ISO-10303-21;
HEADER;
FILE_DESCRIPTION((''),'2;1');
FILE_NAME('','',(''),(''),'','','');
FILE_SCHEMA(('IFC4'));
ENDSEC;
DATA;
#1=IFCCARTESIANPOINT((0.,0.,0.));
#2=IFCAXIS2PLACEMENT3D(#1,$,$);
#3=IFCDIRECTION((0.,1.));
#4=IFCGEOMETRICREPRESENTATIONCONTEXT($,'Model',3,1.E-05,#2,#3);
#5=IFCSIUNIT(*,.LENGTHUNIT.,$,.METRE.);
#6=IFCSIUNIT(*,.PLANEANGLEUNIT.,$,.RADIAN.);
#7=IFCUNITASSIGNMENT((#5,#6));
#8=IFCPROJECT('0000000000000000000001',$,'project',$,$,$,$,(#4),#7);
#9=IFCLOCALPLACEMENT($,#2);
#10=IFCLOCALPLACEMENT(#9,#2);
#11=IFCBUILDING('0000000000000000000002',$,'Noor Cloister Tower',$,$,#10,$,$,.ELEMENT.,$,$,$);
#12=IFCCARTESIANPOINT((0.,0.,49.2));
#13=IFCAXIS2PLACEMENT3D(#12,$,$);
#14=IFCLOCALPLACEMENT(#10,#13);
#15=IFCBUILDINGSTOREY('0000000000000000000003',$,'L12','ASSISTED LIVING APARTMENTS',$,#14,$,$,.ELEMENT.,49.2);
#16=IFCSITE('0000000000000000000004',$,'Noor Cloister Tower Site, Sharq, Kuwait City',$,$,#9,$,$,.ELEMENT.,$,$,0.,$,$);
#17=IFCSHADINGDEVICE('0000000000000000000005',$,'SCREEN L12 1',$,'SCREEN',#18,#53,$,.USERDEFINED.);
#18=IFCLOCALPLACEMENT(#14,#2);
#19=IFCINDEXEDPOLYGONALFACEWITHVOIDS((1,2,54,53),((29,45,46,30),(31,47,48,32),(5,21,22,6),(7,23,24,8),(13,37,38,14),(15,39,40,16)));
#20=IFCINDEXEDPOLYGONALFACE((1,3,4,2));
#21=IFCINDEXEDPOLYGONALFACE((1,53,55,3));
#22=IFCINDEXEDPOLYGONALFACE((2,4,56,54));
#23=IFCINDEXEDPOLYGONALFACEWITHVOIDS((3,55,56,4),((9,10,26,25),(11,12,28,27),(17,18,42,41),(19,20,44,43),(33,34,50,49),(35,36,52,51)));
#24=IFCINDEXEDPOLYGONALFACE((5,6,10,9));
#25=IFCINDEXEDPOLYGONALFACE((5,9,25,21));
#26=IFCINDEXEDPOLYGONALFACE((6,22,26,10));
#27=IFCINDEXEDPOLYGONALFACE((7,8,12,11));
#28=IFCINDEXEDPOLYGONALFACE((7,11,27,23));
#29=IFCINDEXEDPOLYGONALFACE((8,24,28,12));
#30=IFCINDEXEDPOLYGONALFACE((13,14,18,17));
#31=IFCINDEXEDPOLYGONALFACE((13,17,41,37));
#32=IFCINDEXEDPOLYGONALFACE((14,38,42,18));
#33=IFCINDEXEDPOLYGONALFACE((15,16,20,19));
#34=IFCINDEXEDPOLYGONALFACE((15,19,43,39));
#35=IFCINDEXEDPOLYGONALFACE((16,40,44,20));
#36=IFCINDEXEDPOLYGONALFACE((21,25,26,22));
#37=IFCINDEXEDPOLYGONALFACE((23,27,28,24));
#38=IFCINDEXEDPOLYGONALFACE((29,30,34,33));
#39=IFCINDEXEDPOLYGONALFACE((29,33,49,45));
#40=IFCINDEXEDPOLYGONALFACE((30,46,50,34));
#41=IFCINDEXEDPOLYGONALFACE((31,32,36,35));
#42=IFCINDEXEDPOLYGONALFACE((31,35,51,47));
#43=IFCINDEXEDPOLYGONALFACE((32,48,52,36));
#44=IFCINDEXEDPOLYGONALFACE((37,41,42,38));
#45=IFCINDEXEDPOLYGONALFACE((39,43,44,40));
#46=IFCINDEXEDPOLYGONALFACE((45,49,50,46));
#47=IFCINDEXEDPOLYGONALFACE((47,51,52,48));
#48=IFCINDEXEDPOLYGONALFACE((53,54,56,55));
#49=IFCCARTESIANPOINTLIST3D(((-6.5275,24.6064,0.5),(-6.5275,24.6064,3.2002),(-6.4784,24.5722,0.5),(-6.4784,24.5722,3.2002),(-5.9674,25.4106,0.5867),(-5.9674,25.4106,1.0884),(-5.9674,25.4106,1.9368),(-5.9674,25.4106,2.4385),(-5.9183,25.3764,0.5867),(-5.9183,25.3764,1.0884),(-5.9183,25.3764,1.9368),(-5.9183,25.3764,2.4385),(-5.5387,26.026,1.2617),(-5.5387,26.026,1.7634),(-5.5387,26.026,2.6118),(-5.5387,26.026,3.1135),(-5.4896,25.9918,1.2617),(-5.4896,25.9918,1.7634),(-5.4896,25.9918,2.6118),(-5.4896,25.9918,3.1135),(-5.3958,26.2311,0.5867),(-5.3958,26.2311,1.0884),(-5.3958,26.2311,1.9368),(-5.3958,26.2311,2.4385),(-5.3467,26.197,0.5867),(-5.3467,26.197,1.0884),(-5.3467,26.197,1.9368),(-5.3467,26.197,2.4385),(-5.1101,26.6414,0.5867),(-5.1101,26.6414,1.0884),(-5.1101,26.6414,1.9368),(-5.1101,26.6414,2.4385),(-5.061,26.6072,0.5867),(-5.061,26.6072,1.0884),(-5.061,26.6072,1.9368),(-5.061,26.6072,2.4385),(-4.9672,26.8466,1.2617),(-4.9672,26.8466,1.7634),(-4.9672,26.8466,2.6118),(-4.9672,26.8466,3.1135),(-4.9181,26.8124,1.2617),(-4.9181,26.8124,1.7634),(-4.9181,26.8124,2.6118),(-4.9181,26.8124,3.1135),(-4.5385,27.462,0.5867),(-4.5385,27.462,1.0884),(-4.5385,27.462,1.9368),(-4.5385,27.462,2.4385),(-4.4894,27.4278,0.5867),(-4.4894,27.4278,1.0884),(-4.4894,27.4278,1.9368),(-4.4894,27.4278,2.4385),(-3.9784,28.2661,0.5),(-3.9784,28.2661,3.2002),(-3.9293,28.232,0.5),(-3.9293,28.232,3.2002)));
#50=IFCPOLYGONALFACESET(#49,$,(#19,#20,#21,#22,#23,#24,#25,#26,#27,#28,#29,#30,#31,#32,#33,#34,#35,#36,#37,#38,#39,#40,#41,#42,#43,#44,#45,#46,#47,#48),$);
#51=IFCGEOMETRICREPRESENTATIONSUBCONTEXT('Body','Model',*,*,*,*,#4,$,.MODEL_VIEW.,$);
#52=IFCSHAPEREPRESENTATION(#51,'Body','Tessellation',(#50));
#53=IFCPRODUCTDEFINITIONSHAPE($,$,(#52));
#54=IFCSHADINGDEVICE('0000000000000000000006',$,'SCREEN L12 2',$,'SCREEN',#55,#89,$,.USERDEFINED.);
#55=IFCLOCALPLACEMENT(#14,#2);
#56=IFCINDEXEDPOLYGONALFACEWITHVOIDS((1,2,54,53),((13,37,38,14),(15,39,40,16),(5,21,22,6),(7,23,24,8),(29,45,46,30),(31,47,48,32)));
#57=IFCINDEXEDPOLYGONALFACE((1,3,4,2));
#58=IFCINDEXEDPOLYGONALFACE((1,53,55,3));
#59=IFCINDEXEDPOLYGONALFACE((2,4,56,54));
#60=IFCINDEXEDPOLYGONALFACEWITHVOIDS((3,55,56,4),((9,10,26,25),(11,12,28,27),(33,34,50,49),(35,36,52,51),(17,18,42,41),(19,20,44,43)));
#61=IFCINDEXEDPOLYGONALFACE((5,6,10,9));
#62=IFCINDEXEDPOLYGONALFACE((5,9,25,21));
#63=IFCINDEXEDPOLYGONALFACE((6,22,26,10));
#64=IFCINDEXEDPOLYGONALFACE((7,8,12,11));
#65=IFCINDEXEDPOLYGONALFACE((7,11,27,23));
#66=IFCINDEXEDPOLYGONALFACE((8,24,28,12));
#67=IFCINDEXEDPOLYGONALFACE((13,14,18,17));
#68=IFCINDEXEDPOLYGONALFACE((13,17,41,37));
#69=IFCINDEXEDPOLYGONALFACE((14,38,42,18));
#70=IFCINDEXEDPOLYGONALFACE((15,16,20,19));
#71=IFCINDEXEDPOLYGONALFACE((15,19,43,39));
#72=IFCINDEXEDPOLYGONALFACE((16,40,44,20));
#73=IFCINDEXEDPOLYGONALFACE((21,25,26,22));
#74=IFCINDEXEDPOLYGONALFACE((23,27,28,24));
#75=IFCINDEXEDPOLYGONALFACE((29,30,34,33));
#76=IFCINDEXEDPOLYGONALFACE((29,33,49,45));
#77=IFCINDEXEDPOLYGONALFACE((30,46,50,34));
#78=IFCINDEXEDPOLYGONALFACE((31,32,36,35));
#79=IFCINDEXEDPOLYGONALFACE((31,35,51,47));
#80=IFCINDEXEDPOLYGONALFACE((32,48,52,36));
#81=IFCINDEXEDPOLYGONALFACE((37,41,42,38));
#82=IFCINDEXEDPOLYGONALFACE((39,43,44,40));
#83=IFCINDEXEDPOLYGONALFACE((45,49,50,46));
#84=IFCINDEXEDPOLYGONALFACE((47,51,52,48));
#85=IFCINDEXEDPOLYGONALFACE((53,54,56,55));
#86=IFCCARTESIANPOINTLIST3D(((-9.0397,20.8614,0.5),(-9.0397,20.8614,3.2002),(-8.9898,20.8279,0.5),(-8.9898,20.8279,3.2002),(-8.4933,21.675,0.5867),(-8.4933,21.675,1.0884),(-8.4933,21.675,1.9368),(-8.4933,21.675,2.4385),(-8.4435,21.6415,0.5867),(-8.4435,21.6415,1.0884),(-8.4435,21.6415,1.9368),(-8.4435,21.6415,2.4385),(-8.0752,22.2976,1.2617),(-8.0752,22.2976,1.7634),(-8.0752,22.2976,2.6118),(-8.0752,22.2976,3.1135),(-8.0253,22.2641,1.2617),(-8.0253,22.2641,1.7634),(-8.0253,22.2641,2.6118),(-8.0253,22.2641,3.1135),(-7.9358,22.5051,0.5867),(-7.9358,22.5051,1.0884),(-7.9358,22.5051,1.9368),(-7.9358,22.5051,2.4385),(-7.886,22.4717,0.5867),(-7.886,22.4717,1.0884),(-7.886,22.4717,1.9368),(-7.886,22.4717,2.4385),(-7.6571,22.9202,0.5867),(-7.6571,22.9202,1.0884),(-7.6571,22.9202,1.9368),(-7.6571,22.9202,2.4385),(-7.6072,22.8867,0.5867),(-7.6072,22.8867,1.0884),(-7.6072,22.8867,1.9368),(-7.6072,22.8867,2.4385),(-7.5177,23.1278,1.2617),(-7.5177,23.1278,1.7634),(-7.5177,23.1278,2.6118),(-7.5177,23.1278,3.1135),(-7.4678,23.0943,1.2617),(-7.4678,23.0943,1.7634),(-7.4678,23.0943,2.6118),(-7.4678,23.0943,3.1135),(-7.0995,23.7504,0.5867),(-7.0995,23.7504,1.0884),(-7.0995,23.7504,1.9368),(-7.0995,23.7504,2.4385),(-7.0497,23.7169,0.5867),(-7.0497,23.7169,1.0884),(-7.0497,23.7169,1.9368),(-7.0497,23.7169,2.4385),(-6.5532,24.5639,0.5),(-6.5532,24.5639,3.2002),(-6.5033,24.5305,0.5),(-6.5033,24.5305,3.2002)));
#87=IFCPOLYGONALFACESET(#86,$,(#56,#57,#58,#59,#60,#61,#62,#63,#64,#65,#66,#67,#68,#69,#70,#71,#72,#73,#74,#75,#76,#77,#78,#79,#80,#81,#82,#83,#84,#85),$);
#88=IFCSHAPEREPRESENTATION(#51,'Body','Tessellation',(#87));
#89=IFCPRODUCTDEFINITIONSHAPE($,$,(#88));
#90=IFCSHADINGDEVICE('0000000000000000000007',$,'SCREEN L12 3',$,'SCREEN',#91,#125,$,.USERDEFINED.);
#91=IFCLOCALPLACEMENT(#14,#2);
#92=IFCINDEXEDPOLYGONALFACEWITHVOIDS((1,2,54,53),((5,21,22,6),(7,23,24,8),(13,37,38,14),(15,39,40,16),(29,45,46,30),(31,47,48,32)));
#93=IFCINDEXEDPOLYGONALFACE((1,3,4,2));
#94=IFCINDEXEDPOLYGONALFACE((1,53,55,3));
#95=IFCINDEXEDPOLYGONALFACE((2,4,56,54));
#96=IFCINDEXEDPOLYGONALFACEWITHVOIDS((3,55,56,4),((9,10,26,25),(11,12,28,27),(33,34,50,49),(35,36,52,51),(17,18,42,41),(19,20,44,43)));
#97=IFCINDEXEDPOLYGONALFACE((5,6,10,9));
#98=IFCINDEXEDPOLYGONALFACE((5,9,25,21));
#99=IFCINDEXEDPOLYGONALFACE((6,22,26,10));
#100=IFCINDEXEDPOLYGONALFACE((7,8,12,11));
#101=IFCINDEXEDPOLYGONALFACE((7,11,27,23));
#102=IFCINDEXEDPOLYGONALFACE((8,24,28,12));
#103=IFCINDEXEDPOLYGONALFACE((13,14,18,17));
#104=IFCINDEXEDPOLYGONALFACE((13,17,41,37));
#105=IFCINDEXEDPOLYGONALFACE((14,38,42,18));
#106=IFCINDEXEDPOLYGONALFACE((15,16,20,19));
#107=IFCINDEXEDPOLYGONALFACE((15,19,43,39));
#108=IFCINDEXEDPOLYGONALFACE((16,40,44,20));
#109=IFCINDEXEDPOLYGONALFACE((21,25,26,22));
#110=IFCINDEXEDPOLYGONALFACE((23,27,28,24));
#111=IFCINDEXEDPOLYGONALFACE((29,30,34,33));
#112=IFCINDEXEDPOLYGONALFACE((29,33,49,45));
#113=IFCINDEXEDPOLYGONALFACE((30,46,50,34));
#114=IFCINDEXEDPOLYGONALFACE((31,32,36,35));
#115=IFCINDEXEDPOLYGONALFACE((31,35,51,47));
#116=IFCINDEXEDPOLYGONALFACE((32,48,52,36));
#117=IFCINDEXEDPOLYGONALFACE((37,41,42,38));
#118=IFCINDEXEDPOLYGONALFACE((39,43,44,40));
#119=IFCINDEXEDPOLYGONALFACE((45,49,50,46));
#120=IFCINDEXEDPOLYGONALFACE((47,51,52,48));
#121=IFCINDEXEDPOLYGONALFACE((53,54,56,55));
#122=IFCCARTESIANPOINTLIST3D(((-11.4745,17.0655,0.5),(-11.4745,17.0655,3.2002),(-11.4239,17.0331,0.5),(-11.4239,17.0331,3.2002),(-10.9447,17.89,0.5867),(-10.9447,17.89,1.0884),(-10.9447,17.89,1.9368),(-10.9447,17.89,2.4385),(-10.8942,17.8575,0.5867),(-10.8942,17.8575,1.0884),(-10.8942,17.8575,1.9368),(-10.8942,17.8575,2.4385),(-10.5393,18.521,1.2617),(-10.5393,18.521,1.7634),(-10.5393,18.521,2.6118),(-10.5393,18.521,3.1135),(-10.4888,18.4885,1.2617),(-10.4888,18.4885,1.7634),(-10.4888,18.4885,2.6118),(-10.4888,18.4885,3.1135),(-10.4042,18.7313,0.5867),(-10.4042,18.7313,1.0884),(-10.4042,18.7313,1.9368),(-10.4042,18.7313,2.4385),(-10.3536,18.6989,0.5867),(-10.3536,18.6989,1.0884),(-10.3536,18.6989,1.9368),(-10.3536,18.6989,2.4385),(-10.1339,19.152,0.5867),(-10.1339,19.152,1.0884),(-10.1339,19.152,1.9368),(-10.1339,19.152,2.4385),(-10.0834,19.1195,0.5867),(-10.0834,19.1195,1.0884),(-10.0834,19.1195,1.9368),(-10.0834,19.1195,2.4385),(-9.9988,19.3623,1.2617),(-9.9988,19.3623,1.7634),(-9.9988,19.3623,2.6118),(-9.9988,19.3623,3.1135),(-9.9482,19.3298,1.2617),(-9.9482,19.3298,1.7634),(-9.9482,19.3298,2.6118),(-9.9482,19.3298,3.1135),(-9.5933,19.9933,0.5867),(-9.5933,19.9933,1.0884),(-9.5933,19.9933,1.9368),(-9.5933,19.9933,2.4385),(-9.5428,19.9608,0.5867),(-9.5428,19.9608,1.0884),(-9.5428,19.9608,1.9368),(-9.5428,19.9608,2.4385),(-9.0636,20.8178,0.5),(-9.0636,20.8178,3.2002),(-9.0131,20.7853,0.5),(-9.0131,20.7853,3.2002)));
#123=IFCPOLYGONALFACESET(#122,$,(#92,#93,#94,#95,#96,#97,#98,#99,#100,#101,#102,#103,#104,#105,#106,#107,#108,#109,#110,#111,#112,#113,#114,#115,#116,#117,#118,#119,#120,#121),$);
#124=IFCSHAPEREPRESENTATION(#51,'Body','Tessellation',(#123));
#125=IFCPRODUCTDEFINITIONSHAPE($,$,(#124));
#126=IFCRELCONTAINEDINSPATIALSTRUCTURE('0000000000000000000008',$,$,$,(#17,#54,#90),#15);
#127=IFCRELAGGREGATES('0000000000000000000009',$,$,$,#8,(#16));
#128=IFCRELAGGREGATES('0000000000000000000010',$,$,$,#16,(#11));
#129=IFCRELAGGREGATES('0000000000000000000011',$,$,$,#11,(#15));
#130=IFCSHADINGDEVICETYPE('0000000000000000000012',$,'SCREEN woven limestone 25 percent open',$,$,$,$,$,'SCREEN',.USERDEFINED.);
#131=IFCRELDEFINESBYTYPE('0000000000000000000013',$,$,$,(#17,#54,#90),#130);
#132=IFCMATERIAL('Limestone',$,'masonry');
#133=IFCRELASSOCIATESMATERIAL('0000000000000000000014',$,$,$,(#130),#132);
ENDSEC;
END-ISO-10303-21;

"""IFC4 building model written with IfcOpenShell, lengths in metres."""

from ifc_helpers import new_model, si_unit, direction, frame, origin, place, context, subcontext, project, spatial, polyline, outline, extrude, material, material_profile, profile_set, type_object, element, save


model = new_model("IFC4")

# Units and contexts
model_context = context("Model", 3, precision=1e-05, world=origin(), true_north=direction((0.0, 1.0)))
body_context = subcontext(model_context, "Body", "Model", "MODEL_VIEW")
ifc_project = project(units=[si_unit("LENGTHUNIT", "METRE"), si_unit("PLANEANGLEUNIT", "RADIAN")], contexts=[model_context])

# Site, building, storey
site_placement = place(None, origin())
site = spatial("IfcSite", under=ifc_project, at=site_placement, Name="Noor Cloister Tower Site, Sharq, Kuwait City", CompositionType="ELEMENT", RefElevation=0.0)
building_placement = place(site_placement, origin())
building = spatial("IfcBuilding", under=site, at=building_placement, Name="Noor Cloister Tower", CompositionType="ELEMENT")
storey_placement = place(building_placement, frame((0.0, 0.0, 49.2)))
storey = spatial("IfcBuildingStorey", under=building, at=storey_placement, Name="L12", Description="ASSISTED LIVING APARTMENTS", CompositionType="ELEMENT", Elevation=49.2)

# Shading devices
ifc_material_1 = material(Name="Limestone", Category="masonry")
ifc_material_profile_1 = material_profile(ifc_material_1, outline(polyline([(-2.23, -1.3501), (2.23, -1.3501), (2.23, 1.3501), (-2.23, 1.3501), (-2.23, -1.3501)]), holes=[polyline([(-1.25, -1.2634), (-0.25, -1.2634), (-0.25, -0.7617), (-1.25, -0.7617), (-1.25, -1.2634)]), polyline([(0.25, -1.2634), (1.25, -1.2634), (1.25, -0.7617), (0.25, -0.7617), (0.25, -1.2634)]), polyline([(-0.5, -0.5884), (0.5, -0.5884), (0.5, -0.0867), (-0.5, -0.0867), (-0.5, -0.5884)]), polyline([(-1.25, 0.0867), (-0.25, 0.0867), (-0.25, 0.5884), (-1.25, 0.5884), (-1.25, 0.0867)]), polyline([(0.25, 0.0867), (1.25, 0.0867), (1.25, 0.5884), (0.25, 0.5884), (0.25, 0.0867)]), polyline([(-0.5, 0.7617), (0.5, 0.7617), (0.5, 1.2634), (-0.5, 1.2634), (-0.5, 0.7617)])]), Name="Woven screen 25 percent open")
ifc_profile_set_1 = profile_set([ifc_material_profile_1], Name="Limestone")
shading_device_type = type_object("IfcShadingDeviceType", Name="SCREEN woven limestone 25 percent open", ElementType="SCREEN", PredefinedType="USERDEFINED", material=ifc_profile_set_1)
shading_device_placement = place(storey_placement, frame((-5.2039, 26.4021, 1.8501), z_axis=(-0.820572, 0.571543, 0.0), x_axis=(-0.571543, -0.820572, 0.0)))
element("IfcShadingDevice", 1, at=shading_device_placement, inside=storey, type_object=shading_device_type, Name="SCREEN L12 1", ObjectType="SCREEN", PredefinedType="USERDEFINED", context=body_context, shape_type="SweptSolid", body=[
    extrude(outline(polyline([(-2.23, -1.3501), (2.23, -1.3501), (2.23, 1.3501), (-2.23, 1.3501), (-2.23, -1.3501)]), holes=[polyline([(-1.25, -1.2634), (-0.25, -1.2634), (-0.25, -0.7617), (-1.25, -0.7617), (-1.25, -1.2634)]), polyline([(0.25, -1.2634), (1.25, -1.2634), (1.25, -0.7617), (0.25, -0.7617), (0.25, -1.2634)]), polyline([(-0.5, -0.5884), (0.5, -0.5884), (0.5, -0.0867), (-0.5, -0.0867), (-0.5, -0.5884)]), polyline([(-1.25, 0.0867), (-0.25, 0.0867), (-0.25, 0.5884), (-1.25, 0.5884), (-1.25, 0.0867)]), polyline([(0.25, 0.0867), (1.25, 0.0867), (1.25, 0.5884), (0.25, 0.5884), (0.25, 0.0867)]), polyline([(-0.5, 0.7617), (0.5, 0.7617), (0.5, 1.2634), (-0.5, 1.2634), (-0.5, 0.7617)])]), origin(), (0.0, 0.0, 1.0), 0.0598),
])
for number, where, z_axis, x_axis, name in (
    (2, (-7.7466, 22.6792, 1.8501), (-0.830167, 0.557514, 0.0), (-0.557514, -0.830167, 0.0), "SCREEN L12 2"),
    (3, (-10.2185, 18.9092, 1.8501), (-0.841311, 0.540552, 0.0), (-0.540552, -0.841311, 0.0), "SCREEN L12 3"),
):
    element("IfcShadingDevice", number, at=place(storey_placement, frame(where, z_axis=z_axis, x_axis=x_axis)), inside=storey, type_object=shading_device_type, Name=name, ObjectType="SCREEN", PredefinedType="USERDEFINED", context=body_context, shape_type="SweptSolid", body=[
        extrude(outline(polyline([(-2.23, -1.3501), (2.23, -1.3501), (2.23, 1.3501), (-2.23, 1.3501), (-2.23, -1.3501)]), holes=[polyline([(-1.25, -1.2634), (-0.25, -1.2634), (-0.25, -0.7617), (-1.25, -0.7617), (-1.25, -1.2634)]), polyline([(0.25, -1.2634), (1.25, -1.2634), (1.25, -0.7617), (0.25, -0.7617), (0.25, -1.2634)]), polyline([(-0.5, -0.5884), (0.5, -0.5884), (0.5, -0.0867), (-0.5, -0.0867), (-0.5, -0.5884)]), polyline([(-1.25, 0.0867), (-0.25, 0.0867), (-0.25, 0.5884), (-1.25, 0.5884), (-1.25, 0.0867)]), polyline([(0.25, 0.0867), (1.25, 0.0867), (1.25, 0.5884), (0.25, 0.5884), (0.25, 0.0867)]), polyline([(-0.5, 0.7617), (0.5, 0.7617), (0.5, 1.2634), (-0.5, 1.2634), (-0.5, 0.7617)])]), origin(), (0.0, 0.0, 1.0), 0.0601),
    ])

save(model, "model.ifc")
